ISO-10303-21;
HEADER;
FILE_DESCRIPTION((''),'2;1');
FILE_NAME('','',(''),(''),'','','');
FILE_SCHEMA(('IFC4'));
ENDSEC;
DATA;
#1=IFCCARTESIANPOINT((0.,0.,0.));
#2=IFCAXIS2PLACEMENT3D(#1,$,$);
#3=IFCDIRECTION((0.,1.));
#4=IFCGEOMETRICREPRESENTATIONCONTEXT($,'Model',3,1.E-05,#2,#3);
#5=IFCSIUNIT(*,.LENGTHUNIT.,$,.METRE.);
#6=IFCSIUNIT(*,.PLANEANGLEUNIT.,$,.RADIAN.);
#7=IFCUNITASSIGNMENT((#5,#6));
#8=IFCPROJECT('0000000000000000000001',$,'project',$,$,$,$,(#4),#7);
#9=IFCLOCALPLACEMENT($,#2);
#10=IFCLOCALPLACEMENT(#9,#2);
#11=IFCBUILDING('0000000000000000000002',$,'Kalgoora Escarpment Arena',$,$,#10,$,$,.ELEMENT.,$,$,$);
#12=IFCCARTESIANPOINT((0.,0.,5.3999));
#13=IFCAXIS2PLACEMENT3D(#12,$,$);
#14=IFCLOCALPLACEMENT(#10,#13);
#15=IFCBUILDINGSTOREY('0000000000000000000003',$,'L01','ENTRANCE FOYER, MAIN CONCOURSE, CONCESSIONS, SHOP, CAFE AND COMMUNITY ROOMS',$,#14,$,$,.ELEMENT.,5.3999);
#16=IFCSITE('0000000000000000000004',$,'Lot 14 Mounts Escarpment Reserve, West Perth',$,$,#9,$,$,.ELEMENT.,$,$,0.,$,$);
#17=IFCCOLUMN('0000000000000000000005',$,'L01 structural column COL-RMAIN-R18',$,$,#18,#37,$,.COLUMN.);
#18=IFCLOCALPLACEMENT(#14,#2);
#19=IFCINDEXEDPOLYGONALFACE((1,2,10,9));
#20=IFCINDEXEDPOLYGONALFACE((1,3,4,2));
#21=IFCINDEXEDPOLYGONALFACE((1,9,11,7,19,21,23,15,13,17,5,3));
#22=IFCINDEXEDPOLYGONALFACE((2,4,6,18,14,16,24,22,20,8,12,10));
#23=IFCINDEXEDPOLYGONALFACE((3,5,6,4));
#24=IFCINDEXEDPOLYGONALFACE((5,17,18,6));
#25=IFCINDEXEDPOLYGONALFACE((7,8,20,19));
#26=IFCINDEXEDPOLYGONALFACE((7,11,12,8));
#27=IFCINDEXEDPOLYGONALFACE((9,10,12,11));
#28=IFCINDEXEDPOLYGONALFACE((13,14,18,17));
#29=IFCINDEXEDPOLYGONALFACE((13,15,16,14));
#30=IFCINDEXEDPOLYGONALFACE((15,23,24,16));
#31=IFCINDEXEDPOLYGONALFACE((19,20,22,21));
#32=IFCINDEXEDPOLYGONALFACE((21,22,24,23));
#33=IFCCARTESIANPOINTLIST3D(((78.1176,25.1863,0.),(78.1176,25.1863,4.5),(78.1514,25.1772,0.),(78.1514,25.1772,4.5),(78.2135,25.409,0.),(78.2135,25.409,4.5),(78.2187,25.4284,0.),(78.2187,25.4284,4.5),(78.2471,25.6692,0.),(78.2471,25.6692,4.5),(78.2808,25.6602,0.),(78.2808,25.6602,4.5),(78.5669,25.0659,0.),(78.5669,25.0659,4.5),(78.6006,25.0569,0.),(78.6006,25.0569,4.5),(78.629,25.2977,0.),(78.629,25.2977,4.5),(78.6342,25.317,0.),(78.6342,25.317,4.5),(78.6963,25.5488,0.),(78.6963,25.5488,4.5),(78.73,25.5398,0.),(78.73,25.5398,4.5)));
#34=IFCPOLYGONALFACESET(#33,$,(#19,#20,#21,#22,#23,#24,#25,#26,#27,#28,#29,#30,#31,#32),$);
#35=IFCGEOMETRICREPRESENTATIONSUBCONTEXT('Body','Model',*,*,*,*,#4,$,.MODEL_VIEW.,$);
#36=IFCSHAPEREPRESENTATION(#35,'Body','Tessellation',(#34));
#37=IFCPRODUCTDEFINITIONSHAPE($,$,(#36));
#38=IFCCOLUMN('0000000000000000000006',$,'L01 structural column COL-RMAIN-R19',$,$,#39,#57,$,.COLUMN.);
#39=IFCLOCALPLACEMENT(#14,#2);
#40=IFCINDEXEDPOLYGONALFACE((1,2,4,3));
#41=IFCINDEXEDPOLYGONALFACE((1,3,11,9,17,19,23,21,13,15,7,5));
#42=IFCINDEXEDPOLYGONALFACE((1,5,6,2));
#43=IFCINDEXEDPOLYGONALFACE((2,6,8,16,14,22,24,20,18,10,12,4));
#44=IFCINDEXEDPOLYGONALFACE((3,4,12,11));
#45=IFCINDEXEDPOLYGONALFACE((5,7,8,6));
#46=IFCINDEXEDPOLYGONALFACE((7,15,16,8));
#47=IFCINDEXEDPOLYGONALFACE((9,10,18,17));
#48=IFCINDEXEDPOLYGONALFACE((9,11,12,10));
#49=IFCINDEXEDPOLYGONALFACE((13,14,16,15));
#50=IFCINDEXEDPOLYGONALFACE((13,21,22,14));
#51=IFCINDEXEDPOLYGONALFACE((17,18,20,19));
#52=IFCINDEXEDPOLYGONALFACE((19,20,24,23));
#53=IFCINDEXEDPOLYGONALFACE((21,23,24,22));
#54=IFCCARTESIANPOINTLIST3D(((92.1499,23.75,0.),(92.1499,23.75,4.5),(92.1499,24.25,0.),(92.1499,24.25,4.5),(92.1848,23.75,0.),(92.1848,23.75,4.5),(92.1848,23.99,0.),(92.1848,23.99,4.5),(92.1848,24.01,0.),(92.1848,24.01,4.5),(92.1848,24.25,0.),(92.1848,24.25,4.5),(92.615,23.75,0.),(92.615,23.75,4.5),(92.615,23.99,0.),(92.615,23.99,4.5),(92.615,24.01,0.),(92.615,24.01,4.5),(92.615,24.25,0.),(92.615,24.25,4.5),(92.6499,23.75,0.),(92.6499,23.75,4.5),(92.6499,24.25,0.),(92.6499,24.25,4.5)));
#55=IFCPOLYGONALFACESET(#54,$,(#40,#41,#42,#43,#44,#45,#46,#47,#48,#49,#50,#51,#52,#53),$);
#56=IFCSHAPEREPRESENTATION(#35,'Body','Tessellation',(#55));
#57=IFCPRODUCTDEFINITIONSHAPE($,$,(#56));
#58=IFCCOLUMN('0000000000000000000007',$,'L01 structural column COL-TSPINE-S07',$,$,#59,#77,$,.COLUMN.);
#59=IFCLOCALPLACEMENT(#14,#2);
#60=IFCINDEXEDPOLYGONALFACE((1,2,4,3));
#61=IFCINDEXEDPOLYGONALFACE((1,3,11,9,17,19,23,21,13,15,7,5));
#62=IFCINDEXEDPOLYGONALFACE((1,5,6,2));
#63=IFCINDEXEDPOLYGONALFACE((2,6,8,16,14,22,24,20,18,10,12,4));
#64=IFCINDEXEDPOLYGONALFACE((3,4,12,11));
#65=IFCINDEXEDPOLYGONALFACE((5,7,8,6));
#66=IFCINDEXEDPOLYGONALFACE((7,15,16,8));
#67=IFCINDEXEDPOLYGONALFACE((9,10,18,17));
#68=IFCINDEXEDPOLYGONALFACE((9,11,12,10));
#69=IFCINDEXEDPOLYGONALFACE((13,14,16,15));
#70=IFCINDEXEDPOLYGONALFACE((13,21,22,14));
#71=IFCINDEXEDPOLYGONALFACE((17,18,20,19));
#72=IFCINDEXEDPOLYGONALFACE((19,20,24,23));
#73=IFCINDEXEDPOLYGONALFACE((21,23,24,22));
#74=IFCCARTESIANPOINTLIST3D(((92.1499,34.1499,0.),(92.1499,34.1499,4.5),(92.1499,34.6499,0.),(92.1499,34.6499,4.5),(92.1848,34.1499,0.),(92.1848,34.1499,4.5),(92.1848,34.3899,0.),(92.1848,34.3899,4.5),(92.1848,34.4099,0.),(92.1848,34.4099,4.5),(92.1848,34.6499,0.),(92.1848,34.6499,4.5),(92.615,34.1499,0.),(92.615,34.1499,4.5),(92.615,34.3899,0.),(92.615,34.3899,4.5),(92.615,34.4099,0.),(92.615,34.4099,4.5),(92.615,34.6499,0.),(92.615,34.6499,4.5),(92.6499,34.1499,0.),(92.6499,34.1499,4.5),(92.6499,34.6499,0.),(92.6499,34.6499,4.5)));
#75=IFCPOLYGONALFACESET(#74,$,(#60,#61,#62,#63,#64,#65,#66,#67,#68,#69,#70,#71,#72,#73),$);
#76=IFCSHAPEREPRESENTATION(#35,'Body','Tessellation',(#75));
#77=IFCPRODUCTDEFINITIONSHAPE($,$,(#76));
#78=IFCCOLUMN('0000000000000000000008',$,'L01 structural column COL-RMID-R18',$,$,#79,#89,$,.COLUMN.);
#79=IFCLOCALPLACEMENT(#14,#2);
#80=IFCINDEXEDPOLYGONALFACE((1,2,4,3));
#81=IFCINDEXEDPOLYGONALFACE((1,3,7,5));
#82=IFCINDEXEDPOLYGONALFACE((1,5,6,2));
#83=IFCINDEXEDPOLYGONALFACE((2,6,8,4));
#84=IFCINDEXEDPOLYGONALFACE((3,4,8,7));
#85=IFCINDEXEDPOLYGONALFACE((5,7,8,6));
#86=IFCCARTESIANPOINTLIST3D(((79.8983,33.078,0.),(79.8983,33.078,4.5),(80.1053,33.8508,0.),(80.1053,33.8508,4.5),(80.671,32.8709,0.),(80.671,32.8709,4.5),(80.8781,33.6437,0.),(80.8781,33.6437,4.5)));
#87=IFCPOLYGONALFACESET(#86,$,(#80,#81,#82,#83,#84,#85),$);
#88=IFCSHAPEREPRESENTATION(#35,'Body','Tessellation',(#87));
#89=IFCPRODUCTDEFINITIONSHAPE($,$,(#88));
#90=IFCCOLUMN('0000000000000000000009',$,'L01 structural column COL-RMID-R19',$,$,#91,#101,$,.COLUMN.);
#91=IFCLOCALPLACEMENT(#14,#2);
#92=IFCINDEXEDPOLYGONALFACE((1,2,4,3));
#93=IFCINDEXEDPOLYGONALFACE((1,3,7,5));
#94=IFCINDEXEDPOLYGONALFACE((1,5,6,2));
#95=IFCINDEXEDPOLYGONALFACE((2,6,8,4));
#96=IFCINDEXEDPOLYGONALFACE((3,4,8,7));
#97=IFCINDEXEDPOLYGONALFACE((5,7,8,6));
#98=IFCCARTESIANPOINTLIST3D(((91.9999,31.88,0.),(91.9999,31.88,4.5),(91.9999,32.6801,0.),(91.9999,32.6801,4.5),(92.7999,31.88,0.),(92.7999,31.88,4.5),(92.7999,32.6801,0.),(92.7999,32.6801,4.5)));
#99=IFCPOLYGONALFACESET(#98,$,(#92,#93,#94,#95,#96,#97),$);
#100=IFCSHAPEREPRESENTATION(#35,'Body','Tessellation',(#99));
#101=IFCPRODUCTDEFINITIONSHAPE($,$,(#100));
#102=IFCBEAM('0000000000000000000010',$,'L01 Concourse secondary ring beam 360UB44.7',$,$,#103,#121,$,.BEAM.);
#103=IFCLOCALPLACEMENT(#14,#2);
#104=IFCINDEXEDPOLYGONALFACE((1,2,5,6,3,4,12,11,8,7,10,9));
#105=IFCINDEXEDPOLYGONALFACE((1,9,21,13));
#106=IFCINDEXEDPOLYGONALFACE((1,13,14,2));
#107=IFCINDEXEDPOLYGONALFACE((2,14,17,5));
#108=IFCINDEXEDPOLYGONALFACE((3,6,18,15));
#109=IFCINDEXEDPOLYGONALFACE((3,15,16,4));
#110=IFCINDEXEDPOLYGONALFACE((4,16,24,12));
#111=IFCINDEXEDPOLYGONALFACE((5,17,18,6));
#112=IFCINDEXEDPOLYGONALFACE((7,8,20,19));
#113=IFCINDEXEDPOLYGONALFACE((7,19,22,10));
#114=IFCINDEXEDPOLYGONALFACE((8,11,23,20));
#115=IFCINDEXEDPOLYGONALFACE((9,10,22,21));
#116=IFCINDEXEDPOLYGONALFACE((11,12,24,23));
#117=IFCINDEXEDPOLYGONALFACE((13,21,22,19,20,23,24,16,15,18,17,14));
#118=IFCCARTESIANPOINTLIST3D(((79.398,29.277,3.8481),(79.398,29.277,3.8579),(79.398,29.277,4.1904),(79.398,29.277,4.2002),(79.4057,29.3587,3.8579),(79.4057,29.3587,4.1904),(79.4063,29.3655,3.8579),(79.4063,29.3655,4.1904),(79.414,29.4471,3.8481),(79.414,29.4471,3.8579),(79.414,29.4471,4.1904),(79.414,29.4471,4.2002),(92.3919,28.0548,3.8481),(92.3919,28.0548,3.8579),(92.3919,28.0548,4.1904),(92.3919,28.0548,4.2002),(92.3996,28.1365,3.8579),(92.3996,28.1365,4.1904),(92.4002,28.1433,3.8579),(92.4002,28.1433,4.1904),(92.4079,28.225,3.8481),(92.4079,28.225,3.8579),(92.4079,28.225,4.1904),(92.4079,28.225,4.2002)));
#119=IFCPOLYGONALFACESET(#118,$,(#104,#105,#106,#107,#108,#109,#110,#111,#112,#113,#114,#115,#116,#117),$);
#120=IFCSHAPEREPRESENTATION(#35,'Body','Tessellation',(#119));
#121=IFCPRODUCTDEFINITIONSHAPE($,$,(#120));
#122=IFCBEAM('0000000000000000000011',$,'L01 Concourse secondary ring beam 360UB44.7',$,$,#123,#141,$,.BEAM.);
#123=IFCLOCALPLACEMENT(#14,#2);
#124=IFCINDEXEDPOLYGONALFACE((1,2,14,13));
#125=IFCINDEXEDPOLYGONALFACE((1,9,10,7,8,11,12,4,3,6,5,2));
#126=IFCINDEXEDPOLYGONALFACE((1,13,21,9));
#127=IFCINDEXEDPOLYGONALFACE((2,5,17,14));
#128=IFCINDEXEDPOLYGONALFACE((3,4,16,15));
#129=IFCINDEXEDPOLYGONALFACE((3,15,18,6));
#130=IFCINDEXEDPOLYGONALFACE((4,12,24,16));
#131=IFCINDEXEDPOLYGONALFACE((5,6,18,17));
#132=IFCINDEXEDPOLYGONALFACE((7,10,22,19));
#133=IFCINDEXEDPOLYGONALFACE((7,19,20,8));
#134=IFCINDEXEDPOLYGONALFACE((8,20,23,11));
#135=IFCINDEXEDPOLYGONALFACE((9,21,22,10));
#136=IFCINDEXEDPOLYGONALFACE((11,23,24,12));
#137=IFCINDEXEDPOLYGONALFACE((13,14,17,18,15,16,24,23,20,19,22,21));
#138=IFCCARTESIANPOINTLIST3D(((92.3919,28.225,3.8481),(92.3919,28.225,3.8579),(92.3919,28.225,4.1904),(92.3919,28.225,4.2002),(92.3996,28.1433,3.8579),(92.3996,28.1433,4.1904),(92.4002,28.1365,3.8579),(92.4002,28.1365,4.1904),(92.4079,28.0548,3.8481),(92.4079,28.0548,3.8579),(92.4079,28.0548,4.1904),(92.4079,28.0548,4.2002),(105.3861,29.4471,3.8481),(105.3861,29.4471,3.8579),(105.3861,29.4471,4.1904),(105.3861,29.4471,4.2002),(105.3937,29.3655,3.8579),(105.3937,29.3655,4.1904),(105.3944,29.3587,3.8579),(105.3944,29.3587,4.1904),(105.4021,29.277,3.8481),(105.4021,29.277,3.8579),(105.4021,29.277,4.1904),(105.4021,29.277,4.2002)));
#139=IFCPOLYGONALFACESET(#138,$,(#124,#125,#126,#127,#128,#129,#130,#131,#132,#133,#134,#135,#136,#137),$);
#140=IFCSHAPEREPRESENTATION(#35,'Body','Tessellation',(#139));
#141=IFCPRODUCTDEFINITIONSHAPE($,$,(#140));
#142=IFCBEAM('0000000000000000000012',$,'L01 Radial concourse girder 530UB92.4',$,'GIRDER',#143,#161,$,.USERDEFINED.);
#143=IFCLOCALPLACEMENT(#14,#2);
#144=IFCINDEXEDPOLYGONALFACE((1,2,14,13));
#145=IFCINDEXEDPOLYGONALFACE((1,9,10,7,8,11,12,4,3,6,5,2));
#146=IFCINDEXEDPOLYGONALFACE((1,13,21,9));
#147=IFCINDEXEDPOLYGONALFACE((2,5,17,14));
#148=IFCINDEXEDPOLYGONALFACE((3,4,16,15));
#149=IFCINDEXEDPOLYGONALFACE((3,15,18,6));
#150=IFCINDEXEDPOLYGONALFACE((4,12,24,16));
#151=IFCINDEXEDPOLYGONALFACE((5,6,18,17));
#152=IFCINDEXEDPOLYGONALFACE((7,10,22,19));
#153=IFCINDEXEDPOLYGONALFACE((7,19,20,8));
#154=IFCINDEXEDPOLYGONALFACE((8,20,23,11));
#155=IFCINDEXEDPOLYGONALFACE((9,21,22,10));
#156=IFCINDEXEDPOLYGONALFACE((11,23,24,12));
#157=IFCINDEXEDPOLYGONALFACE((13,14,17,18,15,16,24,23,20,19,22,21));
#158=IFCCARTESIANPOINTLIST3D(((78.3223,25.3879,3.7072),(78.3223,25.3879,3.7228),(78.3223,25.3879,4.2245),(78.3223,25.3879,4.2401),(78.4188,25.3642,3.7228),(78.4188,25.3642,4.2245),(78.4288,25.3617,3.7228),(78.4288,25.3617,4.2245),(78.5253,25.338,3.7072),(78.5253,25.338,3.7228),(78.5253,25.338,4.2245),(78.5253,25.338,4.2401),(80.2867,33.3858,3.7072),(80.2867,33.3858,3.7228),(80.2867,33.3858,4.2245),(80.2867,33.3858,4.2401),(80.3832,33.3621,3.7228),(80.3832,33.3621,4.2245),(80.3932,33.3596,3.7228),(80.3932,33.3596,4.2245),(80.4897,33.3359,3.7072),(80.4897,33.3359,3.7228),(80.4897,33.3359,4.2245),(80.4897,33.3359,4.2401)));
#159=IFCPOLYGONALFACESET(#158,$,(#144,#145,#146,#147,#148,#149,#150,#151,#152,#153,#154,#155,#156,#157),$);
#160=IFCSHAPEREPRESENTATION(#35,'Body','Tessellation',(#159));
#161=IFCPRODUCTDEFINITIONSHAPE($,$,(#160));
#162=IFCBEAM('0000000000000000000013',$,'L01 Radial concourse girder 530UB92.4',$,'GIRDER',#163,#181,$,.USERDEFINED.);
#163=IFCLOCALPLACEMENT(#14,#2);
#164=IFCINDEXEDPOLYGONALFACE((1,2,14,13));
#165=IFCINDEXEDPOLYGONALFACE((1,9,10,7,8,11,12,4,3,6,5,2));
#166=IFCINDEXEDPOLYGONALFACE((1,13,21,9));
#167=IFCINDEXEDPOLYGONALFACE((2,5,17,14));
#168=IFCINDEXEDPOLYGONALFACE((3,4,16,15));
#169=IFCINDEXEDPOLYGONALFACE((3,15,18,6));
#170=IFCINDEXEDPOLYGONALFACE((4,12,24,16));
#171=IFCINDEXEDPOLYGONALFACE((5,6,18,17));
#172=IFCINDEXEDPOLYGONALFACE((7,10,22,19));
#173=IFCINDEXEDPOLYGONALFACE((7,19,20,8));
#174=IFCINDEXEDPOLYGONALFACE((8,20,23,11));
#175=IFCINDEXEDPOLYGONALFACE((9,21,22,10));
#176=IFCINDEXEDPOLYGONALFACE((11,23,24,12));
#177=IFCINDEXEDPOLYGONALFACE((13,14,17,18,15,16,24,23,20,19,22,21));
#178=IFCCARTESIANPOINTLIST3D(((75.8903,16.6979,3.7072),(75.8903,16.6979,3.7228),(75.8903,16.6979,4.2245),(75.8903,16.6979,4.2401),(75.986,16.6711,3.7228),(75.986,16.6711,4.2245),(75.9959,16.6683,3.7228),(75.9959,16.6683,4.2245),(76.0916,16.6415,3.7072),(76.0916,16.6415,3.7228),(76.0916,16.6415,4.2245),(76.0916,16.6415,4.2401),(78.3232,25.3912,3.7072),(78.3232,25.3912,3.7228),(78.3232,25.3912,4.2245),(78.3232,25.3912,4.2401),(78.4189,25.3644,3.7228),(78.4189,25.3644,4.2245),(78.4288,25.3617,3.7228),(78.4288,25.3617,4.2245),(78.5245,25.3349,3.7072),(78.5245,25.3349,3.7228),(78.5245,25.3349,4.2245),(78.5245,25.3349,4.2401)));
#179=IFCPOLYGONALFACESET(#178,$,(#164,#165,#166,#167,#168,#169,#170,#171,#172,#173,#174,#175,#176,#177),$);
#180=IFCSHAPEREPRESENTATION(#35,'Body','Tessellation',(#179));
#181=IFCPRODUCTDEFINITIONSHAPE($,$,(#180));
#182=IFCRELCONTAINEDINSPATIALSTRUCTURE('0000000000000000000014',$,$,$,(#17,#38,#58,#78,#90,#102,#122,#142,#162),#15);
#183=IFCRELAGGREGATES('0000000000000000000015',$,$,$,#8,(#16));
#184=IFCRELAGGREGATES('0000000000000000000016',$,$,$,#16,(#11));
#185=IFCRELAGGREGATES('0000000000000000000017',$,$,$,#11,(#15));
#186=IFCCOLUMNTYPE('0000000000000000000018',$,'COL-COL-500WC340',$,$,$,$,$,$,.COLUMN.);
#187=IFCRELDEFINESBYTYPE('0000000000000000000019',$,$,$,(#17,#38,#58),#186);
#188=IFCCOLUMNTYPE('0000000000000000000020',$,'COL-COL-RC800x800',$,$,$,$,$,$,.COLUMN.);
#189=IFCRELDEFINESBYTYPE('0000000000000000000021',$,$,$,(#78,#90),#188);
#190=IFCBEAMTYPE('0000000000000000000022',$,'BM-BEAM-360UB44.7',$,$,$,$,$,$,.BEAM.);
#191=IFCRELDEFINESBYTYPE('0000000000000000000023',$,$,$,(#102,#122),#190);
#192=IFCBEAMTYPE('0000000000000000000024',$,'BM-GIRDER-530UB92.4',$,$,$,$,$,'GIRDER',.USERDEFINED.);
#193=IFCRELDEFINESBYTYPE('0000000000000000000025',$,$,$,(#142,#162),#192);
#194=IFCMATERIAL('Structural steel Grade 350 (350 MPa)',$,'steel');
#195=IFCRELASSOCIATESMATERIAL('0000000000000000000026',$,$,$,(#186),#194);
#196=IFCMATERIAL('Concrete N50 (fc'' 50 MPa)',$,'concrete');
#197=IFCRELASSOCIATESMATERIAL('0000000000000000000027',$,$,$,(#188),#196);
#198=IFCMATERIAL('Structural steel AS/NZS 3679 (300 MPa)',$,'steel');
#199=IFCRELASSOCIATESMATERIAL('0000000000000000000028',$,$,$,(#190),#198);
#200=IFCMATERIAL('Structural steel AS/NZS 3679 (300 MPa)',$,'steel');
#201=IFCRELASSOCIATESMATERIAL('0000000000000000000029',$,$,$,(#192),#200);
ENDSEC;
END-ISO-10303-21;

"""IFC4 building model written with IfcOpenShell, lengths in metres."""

from ifc_helpers import new_model, si_unit, direction, frame, origin, origin_2d, place, context, subcontext, project, spatial, rectangle, i_section, extrude, material, material_profile, profile_set, type_object, element, save


model = new_model("IFC4")

# Units and contexts
model_context = context("Model", 3, precision=1e-05, world=origin(), true_north=direction((0.0, 1.0)))
body_context = subcontext(model_context, "Body", "Model", "MODEL_VIEW")
ifc_project = project(units=[si_unit("LENGTHUNIT", "METRE"), si_unit("PLANEANGLEUNIT", "RADIAN")], contexts=[model_context])

# Site, building, storey
site_placement = place(None, origin())
site = spatial("IfcSite", under=ifc_project, at=site_placement, Name="Lot 14 Mounts Escarpment Reserve, West Perth", CompositionType="ELEMENT", RefElevation=0.0)
building_placement = place(site_placement, origin())
building = spatial("IfcBuilding", under=site, at=building_placement, Name="Kalgoora Escarpment Arena", CompositionType="ELEMENT")
storey_placement = place(building_placement, frame((0.0, 0.0, 5.3999)))
storey = spatial("IfcBuildingStorey", under=building, at=storey_placement, Name="L01", Description="ENTRANCE FOYER, MAIN CONCOURSE, CONCESSIONS, SHOP, CAFE AND COMMUNITY ROOMS", CompositionType="ELEMENT", Elevation=5.3999)

# Columns
ifc_material_1 = material(Name="Structural steel Grade 350 (350 MPa)", Category="steel")
ifc_material_profile_1 = material_profile(ifc_material_1, i_section(OverallWidth=0.5, OverallDepth=0.5, WebThickness=0.02, FlangeThickness=0.0349, at=origin_2d()))
ifc_profile_set_1 = profile_set([ifc_material_profile_1], Name="Structural steel Grade 350 (350 MPa)")
column_type_1 = type_object("IfcColumnType", Name="COL-COL-500WC340", PredefinedType="COLUMN", material=ifc_profile_set_1)
for number, where, z_axis, x_axis, name in (
    (1, (78.4238, 25.363, 0.0), (0.0, 0.0, 1.0), (-0.258819, -0.965926, 0.0), "L01 structural column COL-RMAIN-R18"),
    (2, (92.3999, 24.0, 0.0), (0.0, 0.0, 1.0), (0.0, -1.0, 0.0), "L01 structural column COL-RMAIN-R19"),
    (3, (92.3999, 34.3999, 0.0), (0.0, 0.0, 1.0), (0.0, -1.0, 0.0), "L01 structural column COL-TSPINE-S07"),
):
    element("IfcColumn", number, at=place(storey_placement, frame(where, z_axis=z_axis, x_axis=x_axis)), inside=storey, type_object=column_type_1, Name=name, PredefinedType="COLUMN", context=body_context, shape_type="SweptSolid", body=[
        extrude(i_section(OverallWidth=0.5, OverallDepth=0.5, WebThickness=0.02, FlangeThickness=0.0349, at=origin_2d()), origin(), (0.0, 0.0, 1.0), 4.5),
    ])
ifc_material_2 = material(Name="Concrete N50 (fc' 50 MPa)", Category="concrete")
ifc_material_profile_2 = material_profile(ifc_material_2, rectangle(XDim=0.8, YDim=0.8, at=origin_2d()))
ifc_profile_set_2 = profile_set([ifc_material_profile_2], Name="Concrete N50 (fc' 50 MPa)")
column_type_2 = type_object("IfcColumnType", Name="COL-COL-RC800x800", PredefinedType="COLUMN", material=ifc_profile_set_2)
for number, where, z_axis, x_axis, name in (
    (4, (80.3882, 33.3608, 0.0), (0.0, 0.0, 1.0), (-0.258819, -0.965926, 0.0), "L01 structural column COL-RMID-R18"),
    (5, (92.3999, 32.28, 0.0), (0.0, 0.0, 1.0), (0.0, -1.0, 0.0), "L01 structural column COL-RMID-R19"),
):
    element("IfcColumn", number, at=place(storey_placement, frame(where, z_axis=z_axis, x_axis=x_axis)), inside=storey, type_object=column_type_2, Name=name, PredefinedType="COLUMN", context=body_context, shape_type="SweptSolid", body=[
        extrude(rectangle(XDim=0.8, YDim=0.8, at=origin_2d()), origin(), (0.0, 0.0, 1.0), 4.5),
    ])

# Beams
ifc_material_3 = material(Name="Structural steel AS/NZS 3679 (300 MPa)", Category="steel")
ifc_material_profile_3 = material_profile(ifc_material_3, i_section(OverallWidth=0.1709, OverallDepth=0.3521, WebThickness=0.0068, FlangeThickness=0.0098, at=origin_2d()))
ifc_profile_set_3 = profile_set([ifc_material_profile_3], Name="Structural steel AS/NZS 3679 (300 MPa)")
beam_type_1 = type_object("IfcBeamType", Name="BM-BEAM-360UB44.7", PredefinedType="BEAM", material=ifc_profile_set_3)
beam_1_placement = place(storey_placement, frame((79.406, 29.3621, 4.0242), z_axis=(0.995606, -0.093644, 0.0), x_axis=(0.093644, 0.995606, 0.0)))
element("IfcBeam", 6, at=beam_1_placement, inside=storey, type_object=beam_type_1, Name="L01 Concourse secondary ring beam 360UB44.7", PredefinedType="BEAM", context=body_context, shape_type="SweptSolid", body=[
    extrude(i_section(OverallWidth=0.1709, OverallDepth=0.3521, WebThickness=0.0068, FlangeThickness=0.0098, at=origin_2d()), origin(), (0.0, 0.0, 1.0), 13.0513),
])
beam_2_placement = place(storey_placement, frame((92.3999, 28.1399, 4.0242), z_axis=(0.995606, 0.093642, 0.0), x_axis=(-0.093642, 0.995606, 0.0)))
element("IfcBeam", 7, at=beam_2_placement, inside=storey, type_object=beam_type_1, Name="L01 Concourse secondary ring beam 360UB44.7", PredefinedType="BEAM", context=body_context, shape_type="SweptSolid", body=[
    extrude(i_section(OverallWidth=0.1709, OverallDepth=0.3521, WebThickness=0.0068, FlangeThickness=0.0098, at=origin_2d()), origin(), (0.0, 0.0, 1.0), 13.0515),
])
ifc_material_4 = material(Name="Structural steel AS/NZS 3679 (300 MPa)", Category="steel")
ifc_material_profile_4 = material_profile(ifc_material_4, i_section(OverallWidth=0.209, OverallDepth=0.533, WebThickness=0.0103, FlangeThickness=0.0156, at=origin_2d()))
ifc_profile_set_4 = profile_set([ifc_material_profile_4], Name="Structural steel AS/NZS 3679 (300 MPa)")
beam_type_2 = type_object("IfcBeamType", Name="BM-GIRDER-530UB92.4", ElementType="GIRDER", PredefinedType="USERDEFINED", material=ifc_profile_set_4)
beam_3_placement = place(storey_placement, frame((80.3882, 33.3608, 3.9736), z_axis=(-0.238523, -0.971137, 0.0), x_axis=(0.971137, -0.238523, 0.0)))
element("IfcBeam", 8, at=beam_3_placement, inside=storey, type_object=beam_type_2, Name="L01 Radial concourse girder 530UB92.4", ObjectType="GIRDER", PredefinedType="USERDEFINED", context=body_context, shape_type="SweptSolid", body=[
    extrude(i_section(OverallWidth=0.209, OverallDepth=0.533, WebThickness=0.0103, FlangeThickness=0.0156, at=origin_2d()), origin(), (0.0, 0.0, 1.0), 8.2356),
])
beam_4_placement = place(storey_placement, frame((78.4238, 25.363, 3.9736), z_axis=(-0.269499, -0.963001, 0.0), x_axis=(0.963001, -0.269499, 0.0)))
element("IfcBeam", 9, at=beam_4_placement, inside=storey, type_object=beam_type_2, Name="L01 Radial concourse girder 530UB92.4", ObjectType="GIRDER", PredefinedType="USERDEFINED", context=body_context, shape_type="SweptSolid", body=[
    extrude(i_section(OverallWidth=0.209, OverallDepth=0.533, WebThickness=0.0103, FlangeThickness=0.0156, at=origin_2d()), origin(), (0.0, 0.0, 1.0), 9.0273),
])

save(model, "model.ifc")
